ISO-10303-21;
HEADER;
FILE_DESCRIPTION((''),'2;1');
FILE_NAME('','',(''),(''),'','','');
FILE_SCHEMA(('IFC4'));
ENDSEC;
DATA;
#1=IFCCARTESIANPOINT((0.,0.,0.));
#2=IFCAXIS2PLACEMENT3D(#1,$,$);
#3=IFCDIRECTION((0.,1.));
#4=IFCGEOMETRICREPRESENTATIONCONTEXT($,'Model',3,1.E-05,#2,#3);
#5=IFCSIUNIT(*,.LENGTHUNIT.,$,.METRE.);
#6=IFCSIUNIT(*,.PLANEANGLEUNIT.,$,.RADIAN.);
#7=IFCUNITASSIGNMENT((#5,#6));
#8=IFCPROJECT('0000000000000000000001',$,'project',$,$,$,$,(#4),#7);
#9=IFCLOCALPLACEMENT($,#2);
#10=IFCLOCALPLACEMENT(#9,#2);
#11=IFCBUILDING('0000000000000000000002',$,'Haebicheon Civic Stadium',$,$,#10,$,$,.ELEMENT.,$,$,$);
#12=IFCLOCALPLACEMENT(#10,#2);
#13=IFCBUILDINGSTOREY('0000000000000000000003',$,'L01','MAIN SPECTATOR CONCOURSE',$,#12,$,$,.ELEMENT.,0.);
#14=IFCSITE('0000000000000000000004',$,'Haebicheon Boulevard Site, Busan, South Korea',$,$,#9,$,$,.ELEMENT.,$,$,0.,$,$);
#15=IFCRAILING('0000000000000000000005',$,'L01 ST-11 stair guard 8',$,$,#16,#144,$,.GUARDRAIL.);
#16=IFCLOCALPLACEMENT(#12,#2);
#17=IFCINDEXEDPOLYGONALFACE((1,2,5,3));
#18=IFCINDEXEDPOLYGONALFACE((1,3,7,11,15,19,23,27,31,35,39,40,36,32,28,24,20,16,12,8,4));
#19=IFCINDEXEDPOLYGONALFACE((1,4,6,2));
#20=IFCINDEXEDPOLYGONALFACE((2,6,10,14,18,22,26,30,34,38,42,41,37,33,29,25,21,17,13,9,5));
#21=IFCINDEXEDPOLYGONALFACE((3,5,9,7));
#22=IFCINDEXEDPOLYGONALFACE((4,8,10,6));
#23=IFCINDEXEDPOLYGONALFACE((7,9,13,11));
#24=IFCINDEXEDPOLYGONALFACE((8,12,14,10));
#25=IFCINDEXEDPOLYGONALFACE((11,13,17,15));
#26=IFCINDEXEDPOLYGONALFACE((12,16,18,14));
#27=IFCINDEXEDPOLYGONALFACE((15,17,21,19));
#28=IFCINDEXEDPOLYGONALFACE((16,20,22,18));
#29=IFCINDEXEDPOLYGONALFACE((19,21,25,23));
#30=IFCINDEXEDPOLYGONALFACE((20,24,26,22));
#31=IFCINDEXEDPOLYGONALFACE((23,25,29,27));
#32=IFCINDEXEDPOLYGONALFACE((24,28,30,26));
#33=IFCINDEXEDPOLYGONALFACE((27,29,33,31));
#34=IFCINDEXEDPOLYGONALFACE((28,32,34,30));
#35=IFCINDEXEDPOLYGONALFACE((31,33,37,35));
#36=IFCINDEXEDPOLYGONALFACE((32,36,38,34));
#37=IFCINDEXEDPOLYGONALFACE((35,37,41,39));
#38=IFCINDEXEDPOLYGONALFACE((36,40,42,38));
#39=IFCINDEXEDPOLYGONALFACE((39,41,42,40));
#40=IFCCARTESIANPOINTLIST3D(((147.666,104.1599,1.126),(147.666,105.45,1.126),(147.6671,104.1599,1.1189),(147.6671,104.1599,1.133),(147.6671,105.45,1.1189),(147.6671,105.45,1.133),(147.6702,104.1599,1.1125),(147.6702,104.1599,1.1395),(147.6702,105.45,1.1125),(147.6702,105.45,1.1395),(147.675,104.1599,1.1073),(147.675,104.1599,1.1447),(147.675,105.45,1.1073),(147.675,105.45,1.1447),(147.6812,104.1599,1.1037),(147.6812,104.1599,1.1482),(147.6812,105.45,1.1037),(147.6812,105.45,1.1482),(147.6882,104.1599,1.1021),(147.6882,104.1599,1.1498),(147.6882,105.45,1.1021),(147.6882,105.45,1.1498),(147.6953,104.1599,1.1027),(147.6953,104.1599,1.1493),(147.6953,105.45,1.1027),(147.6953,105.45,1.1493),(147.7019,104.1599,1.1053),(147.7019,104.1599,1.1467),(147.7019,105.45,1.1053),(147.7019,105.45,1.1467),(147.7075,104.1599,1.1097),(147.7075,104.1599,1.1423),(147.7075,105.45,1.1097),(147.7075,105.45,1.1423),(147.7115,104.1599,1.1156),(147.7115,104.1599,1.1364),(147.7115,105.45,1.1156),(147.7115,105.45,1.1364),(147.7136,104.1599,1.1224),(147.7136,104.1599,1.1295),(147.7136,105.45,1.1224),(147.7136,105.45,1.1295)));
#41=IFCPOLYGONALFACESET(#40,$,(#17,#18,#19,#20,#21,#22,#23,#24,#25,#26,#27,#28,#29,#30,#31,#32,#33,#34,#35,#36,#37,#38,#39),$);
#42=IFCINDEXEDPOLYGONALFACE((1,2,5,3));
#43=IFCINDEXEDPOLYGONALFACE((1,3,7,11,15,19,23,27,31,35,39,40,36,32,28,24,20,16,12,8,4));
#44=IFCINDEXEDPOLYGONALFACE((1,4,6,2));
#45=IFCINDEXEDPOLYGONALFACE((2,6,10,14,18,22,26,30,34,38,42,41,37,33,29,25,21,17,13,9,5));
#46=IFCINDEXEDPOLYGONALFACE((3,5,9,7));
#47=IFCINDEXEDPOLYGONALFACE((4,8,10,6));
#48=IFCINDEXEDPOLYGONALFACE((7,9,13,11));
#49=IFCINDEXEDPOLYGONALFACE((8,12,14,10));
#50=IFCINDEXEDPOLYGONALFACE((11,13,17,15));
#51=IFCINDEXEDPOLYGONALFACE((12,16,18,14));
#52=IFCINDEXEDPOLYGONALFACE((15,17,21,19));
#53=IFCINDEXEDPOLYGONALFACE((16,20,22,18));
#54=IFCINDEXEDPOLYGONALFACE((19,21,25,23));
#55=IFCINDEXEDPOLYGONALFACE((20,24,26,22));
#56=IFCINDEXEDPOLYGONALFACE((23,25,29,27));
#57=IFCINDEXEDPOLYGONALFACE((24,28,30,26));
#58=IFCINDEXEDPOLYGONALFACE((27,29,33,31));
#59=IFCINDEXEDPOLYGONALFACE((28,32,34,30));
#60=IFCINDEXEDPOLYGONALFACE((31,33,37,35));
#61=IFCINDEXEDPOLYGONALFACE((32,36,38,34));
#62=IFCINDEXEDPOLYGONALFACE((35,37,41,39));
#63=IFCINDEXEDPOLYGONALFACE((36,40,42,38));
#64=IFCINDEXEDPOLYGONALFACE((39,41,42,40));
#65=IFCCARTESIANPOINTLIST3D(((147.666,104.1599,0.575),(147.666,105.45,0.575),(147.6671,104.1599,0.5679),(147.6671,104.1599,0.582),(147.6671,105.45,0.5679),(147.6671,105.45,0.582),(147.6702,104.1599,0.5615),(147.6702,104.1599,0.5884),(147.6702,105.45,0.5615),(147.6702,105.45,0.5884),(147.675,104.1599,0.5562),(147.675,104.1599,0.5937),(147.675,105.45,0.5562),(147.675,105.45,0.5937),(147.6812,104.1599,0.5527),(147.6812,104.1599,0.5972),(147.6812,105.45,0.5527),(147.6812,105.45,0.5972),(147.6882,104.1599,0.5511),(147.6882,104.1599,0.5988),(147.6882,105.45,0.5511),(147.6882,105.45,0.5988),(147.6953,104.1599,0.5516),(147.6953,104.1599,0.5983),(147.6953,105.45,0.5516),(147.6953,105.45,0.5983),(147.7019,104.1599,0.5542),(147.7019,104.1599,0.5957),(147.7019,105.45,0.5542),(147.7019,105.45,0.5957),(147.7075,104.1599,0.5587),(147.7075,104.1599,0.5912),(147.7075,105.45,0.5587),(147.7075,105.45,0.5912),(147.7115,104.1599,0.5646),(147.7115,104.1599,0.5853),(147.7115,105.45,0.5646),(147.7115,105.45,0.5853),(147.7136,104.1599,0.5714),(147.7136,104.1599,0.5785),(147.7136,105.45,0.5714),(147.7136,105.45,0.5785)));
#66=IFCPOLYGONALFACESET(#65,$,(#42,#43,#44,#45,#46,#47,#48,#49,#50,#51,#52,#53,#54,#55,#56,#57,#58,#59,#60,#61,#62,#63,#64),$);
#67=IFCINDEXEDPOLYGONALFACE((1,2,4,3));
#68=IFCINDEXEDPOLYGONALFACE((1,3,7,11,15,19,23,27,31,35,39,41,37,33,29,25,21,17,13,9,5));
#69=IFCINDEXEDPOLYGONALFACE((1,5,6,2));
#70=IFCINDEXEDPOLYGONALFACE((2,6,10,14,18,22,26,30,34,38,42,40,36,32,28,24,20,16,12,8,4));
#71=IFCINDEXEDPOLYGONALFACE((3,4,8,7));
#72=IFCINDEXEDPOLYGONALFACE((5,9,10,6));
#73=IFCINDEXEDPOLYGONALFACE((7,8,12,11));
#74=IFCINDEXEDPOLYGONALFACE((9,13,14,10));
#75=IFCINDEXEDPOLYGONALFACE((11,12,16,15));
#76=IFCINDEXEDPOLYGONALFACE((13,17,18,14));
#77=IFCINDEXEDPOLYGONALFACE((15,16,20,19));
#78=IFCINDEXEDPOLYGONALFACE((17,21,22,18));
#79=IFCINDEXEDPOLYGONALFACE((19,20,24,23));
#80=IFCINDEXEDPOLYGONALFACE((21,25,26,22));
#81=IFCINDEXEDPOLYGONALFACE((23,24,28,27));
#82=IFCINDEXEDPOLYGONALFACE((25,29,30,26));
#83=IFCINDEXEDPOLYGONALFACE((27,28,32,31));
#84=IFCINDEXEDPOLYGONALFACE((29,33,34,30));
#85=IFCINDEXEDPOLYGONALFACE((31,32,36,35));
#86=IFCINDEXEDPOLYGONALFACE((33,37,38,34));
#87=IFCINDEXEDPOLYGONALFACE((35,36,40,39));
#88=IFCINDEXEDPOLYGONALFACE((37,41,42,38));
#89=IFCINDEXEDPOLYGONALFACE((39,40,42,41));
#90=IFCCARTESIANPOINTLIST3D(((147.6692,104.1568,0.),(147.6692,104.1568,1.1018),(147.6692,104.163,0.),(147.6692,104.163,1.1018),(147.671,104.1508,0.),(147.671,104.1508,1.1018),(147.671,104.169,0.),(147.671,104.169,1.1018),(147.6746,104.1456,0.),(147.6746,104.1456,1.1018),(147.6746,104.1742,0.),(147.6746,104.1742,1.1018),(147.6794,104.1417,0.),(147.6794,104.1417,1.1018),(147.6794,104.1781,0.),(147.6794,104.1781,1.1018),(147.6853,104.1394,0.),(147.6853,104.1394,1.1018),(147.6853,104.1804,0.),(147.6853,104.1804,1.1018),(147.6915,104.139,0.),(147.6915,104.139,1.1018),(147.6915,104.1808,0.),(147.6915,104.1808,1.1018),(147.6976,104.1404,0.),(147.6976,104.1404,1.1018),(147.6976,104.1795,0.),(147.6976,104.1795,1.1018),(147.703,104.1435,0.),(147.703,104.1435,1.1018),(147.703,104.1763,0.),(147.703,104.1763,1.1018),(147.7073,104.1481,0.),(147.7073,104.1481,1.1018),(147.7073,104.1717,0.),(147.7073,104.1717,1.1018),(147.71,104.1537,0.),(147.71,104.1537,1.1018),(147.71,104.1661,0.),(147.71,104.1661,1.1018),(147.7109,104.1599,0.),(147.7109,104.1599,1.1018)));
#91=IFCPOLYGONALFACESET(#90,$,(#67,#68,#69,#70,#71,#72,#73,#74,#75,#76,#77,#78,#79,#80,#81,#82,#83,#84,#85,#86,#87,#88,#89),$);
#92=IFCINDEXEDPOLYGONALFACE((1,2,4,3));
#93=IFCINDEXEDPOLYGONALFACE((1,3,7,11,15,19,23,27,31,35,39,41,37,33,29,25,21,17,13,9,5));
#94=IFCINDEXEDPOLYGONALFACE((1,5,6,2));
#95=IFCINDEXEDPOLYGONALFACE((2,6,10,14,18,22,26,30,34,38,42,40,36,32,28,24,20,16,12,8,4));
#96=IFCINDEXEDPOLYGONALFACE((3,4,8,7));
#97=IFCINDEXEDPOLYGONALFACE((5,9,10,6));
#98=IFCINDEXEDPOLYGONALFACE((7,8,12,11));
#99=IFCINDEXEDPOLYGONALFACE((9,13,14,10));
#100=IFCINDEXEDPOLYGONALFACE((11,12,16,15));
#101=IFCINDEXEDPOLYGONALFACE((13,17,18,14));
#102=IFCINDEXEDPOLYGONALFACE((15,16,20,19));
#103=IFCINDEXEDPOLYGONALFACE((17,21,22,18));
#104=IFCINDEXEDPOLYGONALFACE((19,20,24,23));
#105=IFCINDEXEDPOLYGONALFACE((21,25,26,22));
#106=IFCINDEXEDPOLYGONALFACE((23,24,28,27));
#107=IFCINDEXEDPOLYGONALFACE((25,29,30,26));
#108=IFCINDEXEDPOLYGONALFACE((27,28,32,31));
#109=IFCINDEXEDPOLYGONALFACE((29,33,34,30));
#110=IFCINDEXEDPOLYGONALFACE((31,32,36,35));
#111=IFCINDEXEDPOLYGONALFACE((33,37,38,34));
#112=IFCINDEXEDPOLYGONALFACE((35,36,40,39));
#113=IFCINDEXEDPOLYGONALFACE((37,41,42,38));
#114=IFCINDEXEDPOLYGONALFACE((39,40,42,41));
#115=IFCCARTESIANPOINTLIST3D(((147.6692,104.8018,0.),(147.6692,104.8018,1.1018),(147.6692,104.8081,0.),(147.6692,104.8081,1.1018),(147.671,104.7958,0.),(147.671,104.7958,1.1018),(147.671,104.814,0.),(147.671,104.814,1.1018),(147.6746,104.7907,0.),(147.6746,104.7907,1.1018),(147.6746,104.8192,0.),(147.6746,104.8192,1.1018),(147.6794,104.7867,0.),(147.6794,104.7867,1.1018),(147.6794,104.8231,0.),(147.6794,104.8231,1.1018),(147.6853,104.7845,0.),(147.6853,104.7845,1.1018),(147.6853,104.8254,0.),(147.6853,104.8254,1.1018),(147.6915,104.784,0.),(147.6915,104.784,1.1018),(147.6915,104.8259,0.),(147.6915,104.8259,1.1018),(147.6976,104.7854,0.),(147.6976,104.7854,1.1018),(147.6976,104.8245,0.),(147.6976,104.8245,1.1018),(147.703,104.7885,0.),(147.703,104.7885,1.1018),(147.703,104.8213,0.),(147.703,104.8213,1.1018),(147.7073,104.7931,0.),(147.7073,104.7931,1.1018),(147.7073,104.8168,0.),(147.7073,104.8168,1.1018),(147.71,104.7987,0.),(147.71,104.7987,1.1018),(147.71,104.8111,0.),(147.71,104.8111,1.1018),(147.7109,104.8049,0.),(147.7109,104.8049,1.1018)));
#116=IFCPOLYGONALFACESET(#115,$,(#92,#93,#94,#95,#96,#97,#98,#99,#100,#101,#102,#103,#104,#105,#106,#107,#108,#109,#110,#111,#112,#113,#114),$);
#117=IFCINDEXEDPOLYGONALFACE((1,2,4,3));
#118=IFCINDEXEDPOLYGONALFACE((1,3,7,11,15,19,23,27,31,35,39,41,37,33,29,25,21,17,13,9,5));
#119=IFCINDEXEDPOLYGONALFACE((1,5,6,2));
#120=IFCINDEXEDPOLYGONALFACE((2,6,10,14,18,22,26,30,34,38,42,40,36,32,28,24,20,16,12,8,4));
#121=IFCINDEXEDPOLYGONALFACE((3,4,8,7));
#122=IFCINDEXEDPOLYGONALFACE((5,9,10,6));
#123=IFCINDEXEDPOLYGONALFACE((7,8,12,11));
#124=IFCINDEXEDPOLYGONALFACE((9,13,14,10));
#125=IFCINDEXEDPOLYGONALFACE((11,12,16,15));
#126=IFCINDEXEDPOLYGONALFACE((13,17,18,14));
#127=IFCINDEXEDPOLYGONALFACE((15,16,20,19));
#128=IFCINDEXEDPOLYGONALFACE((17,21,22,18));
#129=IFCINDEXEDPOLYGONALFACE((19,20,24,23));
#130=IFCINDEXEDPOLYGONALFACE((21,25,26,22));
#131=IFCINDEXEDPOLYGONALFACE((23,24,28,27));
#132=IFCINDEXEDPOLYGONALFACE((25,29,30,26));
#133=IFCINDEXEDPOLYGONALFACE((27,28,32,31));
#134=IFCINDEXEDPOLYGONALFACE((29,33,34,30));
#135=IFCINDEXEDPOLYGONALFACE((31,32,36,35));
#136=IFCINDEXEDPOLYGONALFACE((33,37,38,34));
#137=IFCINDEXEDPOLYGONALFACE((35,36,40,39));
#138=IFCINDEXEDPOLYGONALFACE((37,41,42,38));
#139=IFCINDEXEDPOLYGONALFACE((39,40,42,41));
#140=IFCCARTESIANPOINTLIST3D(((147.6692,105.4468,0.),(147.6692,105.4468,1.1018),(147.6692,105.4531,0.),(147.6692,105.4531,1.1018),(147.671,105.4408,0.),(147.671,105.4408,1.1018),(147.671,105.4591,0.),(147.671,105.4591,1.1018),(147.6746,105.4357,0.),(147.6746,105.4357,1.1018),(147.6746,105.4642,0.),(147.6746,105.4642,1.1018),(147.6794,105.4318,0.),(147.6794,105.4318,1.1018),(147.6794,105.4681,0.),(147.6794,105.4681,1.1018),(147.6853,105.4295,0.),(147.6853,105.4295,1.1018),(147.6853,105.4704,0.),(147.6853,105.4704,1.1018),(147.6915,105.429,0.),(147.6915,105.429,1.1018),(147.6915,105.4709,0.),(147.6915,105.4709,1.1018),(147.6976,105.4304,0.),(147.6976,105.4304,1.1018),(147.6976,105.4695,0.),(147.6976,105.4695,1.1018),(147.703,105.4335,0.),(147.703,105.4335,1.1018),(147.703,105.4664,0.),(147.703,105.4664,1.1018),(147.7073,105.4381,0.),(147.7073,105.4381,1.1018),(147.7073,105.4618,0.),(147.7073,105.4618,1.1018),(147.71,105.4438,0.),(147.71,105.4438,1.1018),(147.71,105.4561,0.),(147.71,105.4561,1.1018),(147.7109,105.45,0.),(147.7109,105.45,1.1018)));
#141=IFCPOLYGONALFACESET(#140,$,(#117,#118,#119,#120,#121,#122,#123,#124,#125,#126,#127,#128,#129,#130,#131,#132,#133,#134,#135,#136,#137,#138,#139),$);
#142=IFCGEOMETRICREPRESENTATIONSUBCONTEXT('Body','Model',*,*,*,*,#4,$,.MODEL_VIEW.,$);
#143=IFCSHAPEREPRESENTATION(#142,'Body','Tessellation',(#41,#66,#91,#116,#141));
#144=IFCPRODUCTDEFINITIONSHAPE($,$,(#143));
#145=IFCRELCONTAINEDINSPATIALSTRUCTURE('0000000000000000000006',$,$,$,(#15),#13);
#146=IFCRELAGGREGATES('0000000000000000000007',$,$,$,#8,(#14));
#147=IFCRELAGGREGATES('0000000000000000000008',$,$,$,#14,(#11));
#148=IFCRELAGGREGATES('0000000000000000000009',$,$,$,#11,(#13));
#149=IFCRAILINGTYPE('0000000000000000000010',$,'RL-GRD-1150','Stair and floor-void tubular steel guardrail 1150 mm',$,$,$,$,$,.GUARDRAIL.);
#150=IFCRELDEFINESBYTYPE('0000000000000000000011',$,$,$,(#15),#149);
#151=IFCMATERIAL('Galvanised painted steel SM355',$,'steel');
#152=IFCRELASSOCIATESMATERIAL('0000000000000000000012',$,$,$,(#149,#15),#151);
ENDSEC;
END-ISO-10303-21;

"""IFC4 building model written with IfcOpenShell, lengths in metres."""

from ifc_helpers import new_model, si_unit, direction, frame, origin, origin_2d, place, context, subcontext, project, spatial, circle, extrude, material, type_object, element, save


model = new_model("IFC4")

# Units and contexts
model_context = context("Model", 3, precision=1e-05, world=origin(), true_north=direction((0.0, 1.0)))
body_context = subcontext(model_context, "Body", "Model", "MODEL_VIEW")
ifc_project = project(units=[si_unit("LENGTHUNIT", "METRE"), si_unit("PLANEANGLEUNIT", "RADIAN")], contexts=[model_context])

# Site, building, storey
site_placement = place(None, origin())
site = spatial("IfcSite", under=ifc_project, at=site_placement, Name="Haebicheon Boulevard Site, Busan, South Korea", CompositionType="ELEMENT", RefElevation=0.0)
building_placement = place(site_placement, origin())
building = spatial("IfcBuilding", under=site, at=building_placement, Name="Haebicheon Civic Stadium", CompositionType="ELEMENT")
storey_placement = place(building_placement, origin())
storey = spatial("IfcBuildingStorey", under=building, at=storey_placement, Name="L01", Description="MAIN SPECTATOR CONCOURSE", CompositionType="ELEMENT", Elevation=0.0)

# Railing
ifc_material_1 = material(Name="Galvanised painted steel SM355", Category="steel")
railing_type_1 = type_object("IfcRailingType", Name="RL-GRD-1150", Description="Stair and floor-void tubular steel guardrail 1150 mm", PredefinedType="GUARDRAIL", material=ifc_material_1)
for number, where, name in (
    (1, (147.6899, 104.1599, 0.0), "L01 ST-11 stair guard 8"),
):
    element("IfcRailing", number, at=place(storey_placement, frame(where)), inside=storey, type_object=railing_type_1, material=ifc_material_1, Name=name, PredefinedType="GUARDRAIL", context=body_context, shape_type="SweptSolid", body=[
        extrude(circle(Radius=0.0239, at=origin_2d()), frame((0.0, 0.0, 1.126), z_axis=(0.0, 1.0, 0.0), x_axis=(-1.0, 0.0, 0.0)), (0.0, 0.0, 1.0), 1.29),
        extrude(circle(Radius=0.0239, at=origin_2d()), frame((0.0, 0.0, 0.575), z_axis=(0.0, 1.0, 0.0), x_axis=(-1.0, 0.0, 0.0)), (0.0, 0.0, 1.0), 1.29),
        extrude(circle(Radius=0.021, at=origin_2d()), origin(), (0.0, 0.0, 1.0), 1.1018),
        extrude(circle(Radius=0.021, at=origin_2d()), frame((0.0, 0.645, 0.0)), (0.0, 0.0, 1.0), 1.1018),
        extrude(circle(Radius=0.021, at=origin_2d()), frame((0.0, 1.29, 0.0)), (0.0, 0.0, 1.0), 1.1018),
    ])

save(model, "model.ifc")
